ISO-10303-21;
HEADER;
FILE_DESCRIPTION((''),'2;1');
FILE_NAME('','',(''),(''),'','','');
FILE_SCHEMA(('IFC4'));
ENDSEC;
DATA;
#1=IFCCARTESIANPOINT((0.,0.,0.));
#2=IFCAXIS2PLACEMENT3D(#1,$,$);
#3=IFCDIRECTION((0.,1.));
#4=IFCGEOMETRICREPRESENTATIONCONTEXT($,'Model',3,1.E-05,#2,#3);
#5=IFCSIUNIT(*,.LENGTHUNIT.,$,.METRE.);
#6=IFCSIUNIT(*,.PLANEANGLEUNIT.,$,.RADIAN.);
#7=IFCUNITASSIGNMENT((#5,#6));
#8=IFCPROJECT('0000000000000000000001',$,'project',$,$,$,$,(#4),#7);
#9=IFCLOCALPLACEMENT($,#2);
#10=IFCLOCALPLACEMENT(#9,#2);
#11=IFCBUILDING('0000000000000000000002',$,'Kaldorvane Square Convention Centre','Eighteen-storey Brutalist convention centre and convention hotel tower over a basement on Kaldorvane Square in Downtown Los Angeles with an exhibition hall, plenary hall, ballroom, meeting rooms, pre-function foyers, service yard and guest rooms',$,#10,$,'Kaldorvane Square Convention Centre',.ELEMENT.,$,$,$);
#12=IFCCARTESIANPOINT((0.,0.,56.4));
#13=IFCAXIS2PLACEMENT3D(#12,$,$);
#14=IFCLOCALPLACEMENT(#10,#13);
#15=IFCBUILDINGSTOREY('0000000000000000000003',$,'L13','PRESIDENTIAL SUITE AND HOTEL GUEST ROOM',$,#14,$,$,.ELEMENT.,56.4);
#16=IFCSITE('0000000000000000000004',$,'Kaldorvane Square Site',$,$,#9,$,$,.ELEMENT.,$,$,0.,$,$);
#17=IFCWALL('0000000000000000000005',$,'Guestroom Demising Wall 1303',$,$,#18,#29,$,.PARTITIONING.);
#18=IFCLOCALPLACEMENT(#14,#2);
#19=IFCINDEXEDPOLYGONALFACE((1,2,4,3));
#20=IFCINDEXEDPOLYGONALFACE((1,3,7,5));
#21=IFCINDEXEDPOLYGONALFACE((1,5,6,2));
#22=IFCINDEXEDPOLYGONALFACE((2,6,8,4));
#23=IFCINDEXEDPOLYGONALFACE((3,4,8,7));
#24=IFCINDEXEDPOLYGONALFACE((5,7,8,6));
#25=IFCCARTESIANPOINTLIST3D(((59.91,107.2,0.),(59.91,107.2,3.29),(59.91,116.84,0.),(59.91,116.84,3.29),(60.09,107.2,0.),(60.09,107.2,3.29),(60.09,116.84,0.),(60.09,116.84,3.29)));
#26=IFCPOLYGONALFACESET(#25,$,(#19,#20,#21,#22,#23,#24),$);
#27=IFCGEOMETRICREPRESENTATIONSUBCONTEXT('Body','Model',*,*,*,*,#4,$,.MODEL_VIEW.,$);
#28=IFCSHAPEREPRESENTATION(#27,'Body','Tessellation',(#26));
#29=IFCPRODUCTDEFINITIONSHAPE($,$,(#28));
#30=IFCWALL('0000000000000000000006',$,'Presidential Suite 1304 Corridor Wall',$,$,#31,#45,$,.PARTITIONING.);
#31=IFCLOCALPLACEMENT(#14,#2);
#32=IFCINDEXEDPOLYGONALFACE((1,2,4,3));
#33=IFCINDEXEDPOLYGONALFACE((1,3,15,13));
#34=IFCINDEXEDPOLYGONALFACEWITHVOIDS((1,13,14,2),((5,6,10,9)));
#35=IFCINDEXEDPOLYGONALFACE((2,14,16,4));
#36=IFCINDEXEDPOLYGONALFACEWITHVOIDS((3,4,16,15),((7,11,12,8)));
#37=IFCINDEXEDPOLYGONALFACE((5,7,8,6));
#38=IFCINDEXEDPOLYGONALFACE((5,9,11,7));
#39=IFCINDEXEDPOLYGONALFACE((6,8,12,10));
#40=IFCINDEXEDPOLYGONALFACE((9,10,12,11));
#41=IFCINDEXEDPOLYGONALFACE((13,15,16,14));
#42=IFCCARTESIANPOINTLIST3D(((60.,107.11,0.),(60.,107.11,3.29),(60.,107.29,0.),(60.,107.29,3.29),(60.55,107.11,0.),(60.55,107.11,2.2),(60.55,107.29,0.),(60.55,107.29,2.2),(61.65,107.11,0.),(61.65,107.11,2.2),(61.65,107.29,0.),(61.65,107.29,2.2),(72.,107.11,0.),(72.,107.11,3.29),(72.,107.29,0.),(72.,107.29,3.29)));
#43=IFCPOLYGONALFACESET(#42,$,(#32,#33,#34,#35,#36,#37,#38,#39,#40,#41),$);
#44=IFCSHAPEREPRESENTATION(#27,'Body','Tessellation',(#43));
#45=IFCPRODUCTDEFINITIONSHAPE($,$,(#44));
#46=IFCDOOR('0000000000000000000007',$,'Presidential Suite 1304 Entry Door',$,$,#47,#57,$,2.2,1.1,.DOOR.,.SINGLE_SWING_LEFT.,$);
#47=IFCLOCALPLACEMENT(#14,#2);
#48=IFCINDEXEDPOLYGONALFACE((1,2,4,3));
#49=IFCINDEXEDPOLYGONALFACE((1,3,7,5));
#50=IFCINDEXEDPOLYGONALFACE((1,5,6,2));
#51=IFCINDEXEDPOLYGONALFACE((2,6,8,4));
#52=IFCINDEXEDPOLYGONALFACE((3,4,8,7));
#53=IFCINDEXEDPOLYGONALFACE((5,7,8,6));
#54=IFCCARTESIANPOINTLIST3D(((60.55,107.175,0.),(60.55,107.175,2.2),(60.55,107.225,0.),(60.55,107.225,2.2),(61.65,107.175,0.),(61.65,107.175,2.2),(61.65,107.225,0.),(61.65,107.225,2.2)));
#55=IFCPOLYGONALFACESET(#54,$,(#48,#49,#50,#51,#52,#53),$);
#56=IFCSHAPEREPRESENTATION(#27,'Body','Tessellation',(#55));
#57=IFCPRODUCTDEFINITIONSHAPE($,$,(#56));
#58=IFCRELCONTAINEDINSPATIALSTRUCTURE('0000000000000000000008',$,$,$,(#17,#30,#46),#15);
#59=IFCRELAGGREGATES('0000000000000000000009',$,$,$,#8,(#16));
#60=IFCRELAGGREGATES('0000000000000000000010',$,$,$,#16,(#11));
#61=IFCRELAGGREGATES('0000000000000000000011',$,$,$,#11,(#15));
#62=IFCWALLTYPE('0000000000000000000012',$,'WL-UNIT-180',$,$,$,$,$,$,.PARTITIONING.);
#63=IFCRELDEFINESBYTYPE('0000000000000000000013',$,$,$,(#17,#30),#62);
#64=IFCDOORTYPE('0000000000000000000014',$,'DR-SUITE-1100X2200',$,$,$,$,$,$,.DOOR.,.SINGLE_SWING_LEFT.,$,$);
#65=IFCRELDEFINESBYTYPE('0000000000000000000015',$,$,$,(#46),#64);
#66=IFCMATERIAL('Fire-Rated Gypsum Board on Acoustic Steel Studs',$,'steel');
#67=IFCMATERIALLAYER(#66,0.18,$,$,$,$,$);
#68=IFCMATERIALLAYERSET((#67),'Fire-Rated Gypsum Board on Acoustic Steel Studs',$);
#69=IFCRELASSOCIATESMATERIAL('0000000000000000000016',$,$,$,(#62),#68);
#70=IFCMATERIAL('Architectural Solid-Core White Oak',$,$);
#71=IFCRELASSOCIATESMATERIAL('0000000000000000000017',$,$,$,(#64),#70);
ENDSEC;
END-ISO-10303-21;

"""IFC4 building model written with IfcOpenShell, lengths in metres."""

from ifc_helpers import new_model, si_unit, direction, frame, frame_2d, origin, place, context, subcontext, project, spatial, rectangle, extrude, material, layer, layer_set, type_object, element, fill, save


model = new_model("IFC4")

# Units and contexts
model_context = context("Model", 3, precision=1e-05, world=origin(), true_north=direction((0.0, 1.0)))
body_context = subcontext(model_context, "Body", "Model", "MODEL_VIEW")
ifc_project = project(units=[si_unit("LENGTHUNIT", "METRE"), si_unit("PLANEANGLEUNIT", "RADIAN")], contexts=[model_context])

# Site, building, storey
site_placement = place(None, origin())
site = spatial("IfcSite", under=ifc_project, at=site_placement, Name="Kaldorvane Square Site", CompositionType="ELEMENT", RefElevation=0.0)
building_placement = place(site_placement, origin())
building = spatial("IfcBuilding", under=site, at=building_placement, Name="Kaldorvane Square Convention Centre", Description="Eighteen-storey Brutalist convention centre and convention hotel tower over a basement on Kaldorvane Square in Downtown Los Angeles with an exhibition hall, plenary hall, ballroom, meeting rooms, pre-function foyers, service yard and guest rooms", LongName="Kaldorvane Square Convention Centre", CompositionType="ELEMENT")
storey_placement = place(building_placement, frame((0.0, 0.0, 56.4)))
storey = spatial("IfcBuildingStorey", under=building, at=storey_placement, Name="L13", Description="PRESIDENTIAL SUITE AND HOTEL GUEST ROOM", CompositionType="ELEMENT", Elevation=56.4)

# Shared definitions
ifc_material_1 = material(Name="Fire-Rated Gypsum Board on Acoustic Steel Studs", Category="steel")
ifc_material_2 = material(Name="Architectural Solid-Core White Oak")

# Wall
ifc_layer_1 = layer(ifc_material_1, 0.18)
ifc_layer_set_1 = layer_set([ifc_layer_1], Name="Fire-Rated Gypsum Board on Acoustic Steel Studs")
wall_type_1 = type_object("IfcWallType", Name="WL-UNIT-180", PredefinedType="PARTITIONING", material=ifc_layer_set_1)
wall_1_placement = place(storey_placement, frame((60.0, 107.2, 0.0), z_axis=(0.0, 0.0, 1.0), x_axis=(0.0, 1.0, 0.0)))
element("IfcWall", 1, at=wall_1_placement, inside=storey, type_object=wall_type_1, Name="Guestroom Demising Wall 1303", PredefinedType="PARTITIONING", context=body_context, shape_type="SweptSolid", body=[
    extrude(rectangle(XDim=9.64, YDim=0.18, at=frame_2d((4.82, 0.0))), origin(), (0.0, 0.0, 1.0), 3.29),
])

# Wall, opening, door
wall_2_placement = place(storey_placement, frame((60.0, 107.2, 0.0), z_axis=(0.0, 0.0, 1.0), x_axis=(1.0, 0.0, 0.0)))
wall_2 = element("IfcWall", 2, at=wall_2_placement, inside=storey, type_object=wall_type_1, Name="Presidential Suite 1304 Corridor Wall", PredefinedType="PARTITIONING", context=body_context, shape_type="SweptSolid", body=[
    extrude(rectangle(XDim=12.0, YDim=0.18, at=frame_2d((6.0, 0.0))), origin(), (0.0, 0.0, 1.0), 3.29),
])
opening_1_placement = place(wall_2_placement, frame((0.55, 0.0, 0.0)))
opening_1 = element("IfcOpeningElement", 3, at=opening_1_placement, cuts=wall_2, PredefinedType="OPENING", context=body_context, shape_type="SweptSolid", body=[
    extrude(rectangle(XDim=1.1, YDim=2.2, at=frame_2d((0.55, 1.1))), frame((0.0, 0.105, 0.0), z_axis=(0.0, -1.0, 0.0), x_axis=(1.0, 0.0, 0.0)), (0.0, 0.0, 1.0), 0.21),
])
door_type_1 = type_object("IfcDoorType", Name="DR-SUITE-1100X2200", OperationType="SINGLE_SWING_LEFT", PredefinedType="DOOR", material=ifc_material_2)
door_1_placement = place(opening_1_placement, origin())
door_1 = element("IfcDoor", 4, at=door_1_placement, inside=storey, type_object=door_type_1, Name="Presidential Suite 1304 Entry Door", OperationType="SINGLE_SWING_LEFT", OverallHeight=2.2, OverallWidth=1.1, PredefinedType="DOOR", context=body_context, shape_type="SweptSolid", body=[
    extrude(rectangle(XDim=1.1, YDim=2.2, at=frame_2d((0.55, 1.1))), frame((0.0, 0.025, 0.0), z_axis=(0.0, -1.0, 0.0), x_axis=(1.0, 0.0, 0.0)), (0.0, 0.0, 1.0), 0.05),
])
fill(opening_1, door_1)

save(model, "model.ifc")
